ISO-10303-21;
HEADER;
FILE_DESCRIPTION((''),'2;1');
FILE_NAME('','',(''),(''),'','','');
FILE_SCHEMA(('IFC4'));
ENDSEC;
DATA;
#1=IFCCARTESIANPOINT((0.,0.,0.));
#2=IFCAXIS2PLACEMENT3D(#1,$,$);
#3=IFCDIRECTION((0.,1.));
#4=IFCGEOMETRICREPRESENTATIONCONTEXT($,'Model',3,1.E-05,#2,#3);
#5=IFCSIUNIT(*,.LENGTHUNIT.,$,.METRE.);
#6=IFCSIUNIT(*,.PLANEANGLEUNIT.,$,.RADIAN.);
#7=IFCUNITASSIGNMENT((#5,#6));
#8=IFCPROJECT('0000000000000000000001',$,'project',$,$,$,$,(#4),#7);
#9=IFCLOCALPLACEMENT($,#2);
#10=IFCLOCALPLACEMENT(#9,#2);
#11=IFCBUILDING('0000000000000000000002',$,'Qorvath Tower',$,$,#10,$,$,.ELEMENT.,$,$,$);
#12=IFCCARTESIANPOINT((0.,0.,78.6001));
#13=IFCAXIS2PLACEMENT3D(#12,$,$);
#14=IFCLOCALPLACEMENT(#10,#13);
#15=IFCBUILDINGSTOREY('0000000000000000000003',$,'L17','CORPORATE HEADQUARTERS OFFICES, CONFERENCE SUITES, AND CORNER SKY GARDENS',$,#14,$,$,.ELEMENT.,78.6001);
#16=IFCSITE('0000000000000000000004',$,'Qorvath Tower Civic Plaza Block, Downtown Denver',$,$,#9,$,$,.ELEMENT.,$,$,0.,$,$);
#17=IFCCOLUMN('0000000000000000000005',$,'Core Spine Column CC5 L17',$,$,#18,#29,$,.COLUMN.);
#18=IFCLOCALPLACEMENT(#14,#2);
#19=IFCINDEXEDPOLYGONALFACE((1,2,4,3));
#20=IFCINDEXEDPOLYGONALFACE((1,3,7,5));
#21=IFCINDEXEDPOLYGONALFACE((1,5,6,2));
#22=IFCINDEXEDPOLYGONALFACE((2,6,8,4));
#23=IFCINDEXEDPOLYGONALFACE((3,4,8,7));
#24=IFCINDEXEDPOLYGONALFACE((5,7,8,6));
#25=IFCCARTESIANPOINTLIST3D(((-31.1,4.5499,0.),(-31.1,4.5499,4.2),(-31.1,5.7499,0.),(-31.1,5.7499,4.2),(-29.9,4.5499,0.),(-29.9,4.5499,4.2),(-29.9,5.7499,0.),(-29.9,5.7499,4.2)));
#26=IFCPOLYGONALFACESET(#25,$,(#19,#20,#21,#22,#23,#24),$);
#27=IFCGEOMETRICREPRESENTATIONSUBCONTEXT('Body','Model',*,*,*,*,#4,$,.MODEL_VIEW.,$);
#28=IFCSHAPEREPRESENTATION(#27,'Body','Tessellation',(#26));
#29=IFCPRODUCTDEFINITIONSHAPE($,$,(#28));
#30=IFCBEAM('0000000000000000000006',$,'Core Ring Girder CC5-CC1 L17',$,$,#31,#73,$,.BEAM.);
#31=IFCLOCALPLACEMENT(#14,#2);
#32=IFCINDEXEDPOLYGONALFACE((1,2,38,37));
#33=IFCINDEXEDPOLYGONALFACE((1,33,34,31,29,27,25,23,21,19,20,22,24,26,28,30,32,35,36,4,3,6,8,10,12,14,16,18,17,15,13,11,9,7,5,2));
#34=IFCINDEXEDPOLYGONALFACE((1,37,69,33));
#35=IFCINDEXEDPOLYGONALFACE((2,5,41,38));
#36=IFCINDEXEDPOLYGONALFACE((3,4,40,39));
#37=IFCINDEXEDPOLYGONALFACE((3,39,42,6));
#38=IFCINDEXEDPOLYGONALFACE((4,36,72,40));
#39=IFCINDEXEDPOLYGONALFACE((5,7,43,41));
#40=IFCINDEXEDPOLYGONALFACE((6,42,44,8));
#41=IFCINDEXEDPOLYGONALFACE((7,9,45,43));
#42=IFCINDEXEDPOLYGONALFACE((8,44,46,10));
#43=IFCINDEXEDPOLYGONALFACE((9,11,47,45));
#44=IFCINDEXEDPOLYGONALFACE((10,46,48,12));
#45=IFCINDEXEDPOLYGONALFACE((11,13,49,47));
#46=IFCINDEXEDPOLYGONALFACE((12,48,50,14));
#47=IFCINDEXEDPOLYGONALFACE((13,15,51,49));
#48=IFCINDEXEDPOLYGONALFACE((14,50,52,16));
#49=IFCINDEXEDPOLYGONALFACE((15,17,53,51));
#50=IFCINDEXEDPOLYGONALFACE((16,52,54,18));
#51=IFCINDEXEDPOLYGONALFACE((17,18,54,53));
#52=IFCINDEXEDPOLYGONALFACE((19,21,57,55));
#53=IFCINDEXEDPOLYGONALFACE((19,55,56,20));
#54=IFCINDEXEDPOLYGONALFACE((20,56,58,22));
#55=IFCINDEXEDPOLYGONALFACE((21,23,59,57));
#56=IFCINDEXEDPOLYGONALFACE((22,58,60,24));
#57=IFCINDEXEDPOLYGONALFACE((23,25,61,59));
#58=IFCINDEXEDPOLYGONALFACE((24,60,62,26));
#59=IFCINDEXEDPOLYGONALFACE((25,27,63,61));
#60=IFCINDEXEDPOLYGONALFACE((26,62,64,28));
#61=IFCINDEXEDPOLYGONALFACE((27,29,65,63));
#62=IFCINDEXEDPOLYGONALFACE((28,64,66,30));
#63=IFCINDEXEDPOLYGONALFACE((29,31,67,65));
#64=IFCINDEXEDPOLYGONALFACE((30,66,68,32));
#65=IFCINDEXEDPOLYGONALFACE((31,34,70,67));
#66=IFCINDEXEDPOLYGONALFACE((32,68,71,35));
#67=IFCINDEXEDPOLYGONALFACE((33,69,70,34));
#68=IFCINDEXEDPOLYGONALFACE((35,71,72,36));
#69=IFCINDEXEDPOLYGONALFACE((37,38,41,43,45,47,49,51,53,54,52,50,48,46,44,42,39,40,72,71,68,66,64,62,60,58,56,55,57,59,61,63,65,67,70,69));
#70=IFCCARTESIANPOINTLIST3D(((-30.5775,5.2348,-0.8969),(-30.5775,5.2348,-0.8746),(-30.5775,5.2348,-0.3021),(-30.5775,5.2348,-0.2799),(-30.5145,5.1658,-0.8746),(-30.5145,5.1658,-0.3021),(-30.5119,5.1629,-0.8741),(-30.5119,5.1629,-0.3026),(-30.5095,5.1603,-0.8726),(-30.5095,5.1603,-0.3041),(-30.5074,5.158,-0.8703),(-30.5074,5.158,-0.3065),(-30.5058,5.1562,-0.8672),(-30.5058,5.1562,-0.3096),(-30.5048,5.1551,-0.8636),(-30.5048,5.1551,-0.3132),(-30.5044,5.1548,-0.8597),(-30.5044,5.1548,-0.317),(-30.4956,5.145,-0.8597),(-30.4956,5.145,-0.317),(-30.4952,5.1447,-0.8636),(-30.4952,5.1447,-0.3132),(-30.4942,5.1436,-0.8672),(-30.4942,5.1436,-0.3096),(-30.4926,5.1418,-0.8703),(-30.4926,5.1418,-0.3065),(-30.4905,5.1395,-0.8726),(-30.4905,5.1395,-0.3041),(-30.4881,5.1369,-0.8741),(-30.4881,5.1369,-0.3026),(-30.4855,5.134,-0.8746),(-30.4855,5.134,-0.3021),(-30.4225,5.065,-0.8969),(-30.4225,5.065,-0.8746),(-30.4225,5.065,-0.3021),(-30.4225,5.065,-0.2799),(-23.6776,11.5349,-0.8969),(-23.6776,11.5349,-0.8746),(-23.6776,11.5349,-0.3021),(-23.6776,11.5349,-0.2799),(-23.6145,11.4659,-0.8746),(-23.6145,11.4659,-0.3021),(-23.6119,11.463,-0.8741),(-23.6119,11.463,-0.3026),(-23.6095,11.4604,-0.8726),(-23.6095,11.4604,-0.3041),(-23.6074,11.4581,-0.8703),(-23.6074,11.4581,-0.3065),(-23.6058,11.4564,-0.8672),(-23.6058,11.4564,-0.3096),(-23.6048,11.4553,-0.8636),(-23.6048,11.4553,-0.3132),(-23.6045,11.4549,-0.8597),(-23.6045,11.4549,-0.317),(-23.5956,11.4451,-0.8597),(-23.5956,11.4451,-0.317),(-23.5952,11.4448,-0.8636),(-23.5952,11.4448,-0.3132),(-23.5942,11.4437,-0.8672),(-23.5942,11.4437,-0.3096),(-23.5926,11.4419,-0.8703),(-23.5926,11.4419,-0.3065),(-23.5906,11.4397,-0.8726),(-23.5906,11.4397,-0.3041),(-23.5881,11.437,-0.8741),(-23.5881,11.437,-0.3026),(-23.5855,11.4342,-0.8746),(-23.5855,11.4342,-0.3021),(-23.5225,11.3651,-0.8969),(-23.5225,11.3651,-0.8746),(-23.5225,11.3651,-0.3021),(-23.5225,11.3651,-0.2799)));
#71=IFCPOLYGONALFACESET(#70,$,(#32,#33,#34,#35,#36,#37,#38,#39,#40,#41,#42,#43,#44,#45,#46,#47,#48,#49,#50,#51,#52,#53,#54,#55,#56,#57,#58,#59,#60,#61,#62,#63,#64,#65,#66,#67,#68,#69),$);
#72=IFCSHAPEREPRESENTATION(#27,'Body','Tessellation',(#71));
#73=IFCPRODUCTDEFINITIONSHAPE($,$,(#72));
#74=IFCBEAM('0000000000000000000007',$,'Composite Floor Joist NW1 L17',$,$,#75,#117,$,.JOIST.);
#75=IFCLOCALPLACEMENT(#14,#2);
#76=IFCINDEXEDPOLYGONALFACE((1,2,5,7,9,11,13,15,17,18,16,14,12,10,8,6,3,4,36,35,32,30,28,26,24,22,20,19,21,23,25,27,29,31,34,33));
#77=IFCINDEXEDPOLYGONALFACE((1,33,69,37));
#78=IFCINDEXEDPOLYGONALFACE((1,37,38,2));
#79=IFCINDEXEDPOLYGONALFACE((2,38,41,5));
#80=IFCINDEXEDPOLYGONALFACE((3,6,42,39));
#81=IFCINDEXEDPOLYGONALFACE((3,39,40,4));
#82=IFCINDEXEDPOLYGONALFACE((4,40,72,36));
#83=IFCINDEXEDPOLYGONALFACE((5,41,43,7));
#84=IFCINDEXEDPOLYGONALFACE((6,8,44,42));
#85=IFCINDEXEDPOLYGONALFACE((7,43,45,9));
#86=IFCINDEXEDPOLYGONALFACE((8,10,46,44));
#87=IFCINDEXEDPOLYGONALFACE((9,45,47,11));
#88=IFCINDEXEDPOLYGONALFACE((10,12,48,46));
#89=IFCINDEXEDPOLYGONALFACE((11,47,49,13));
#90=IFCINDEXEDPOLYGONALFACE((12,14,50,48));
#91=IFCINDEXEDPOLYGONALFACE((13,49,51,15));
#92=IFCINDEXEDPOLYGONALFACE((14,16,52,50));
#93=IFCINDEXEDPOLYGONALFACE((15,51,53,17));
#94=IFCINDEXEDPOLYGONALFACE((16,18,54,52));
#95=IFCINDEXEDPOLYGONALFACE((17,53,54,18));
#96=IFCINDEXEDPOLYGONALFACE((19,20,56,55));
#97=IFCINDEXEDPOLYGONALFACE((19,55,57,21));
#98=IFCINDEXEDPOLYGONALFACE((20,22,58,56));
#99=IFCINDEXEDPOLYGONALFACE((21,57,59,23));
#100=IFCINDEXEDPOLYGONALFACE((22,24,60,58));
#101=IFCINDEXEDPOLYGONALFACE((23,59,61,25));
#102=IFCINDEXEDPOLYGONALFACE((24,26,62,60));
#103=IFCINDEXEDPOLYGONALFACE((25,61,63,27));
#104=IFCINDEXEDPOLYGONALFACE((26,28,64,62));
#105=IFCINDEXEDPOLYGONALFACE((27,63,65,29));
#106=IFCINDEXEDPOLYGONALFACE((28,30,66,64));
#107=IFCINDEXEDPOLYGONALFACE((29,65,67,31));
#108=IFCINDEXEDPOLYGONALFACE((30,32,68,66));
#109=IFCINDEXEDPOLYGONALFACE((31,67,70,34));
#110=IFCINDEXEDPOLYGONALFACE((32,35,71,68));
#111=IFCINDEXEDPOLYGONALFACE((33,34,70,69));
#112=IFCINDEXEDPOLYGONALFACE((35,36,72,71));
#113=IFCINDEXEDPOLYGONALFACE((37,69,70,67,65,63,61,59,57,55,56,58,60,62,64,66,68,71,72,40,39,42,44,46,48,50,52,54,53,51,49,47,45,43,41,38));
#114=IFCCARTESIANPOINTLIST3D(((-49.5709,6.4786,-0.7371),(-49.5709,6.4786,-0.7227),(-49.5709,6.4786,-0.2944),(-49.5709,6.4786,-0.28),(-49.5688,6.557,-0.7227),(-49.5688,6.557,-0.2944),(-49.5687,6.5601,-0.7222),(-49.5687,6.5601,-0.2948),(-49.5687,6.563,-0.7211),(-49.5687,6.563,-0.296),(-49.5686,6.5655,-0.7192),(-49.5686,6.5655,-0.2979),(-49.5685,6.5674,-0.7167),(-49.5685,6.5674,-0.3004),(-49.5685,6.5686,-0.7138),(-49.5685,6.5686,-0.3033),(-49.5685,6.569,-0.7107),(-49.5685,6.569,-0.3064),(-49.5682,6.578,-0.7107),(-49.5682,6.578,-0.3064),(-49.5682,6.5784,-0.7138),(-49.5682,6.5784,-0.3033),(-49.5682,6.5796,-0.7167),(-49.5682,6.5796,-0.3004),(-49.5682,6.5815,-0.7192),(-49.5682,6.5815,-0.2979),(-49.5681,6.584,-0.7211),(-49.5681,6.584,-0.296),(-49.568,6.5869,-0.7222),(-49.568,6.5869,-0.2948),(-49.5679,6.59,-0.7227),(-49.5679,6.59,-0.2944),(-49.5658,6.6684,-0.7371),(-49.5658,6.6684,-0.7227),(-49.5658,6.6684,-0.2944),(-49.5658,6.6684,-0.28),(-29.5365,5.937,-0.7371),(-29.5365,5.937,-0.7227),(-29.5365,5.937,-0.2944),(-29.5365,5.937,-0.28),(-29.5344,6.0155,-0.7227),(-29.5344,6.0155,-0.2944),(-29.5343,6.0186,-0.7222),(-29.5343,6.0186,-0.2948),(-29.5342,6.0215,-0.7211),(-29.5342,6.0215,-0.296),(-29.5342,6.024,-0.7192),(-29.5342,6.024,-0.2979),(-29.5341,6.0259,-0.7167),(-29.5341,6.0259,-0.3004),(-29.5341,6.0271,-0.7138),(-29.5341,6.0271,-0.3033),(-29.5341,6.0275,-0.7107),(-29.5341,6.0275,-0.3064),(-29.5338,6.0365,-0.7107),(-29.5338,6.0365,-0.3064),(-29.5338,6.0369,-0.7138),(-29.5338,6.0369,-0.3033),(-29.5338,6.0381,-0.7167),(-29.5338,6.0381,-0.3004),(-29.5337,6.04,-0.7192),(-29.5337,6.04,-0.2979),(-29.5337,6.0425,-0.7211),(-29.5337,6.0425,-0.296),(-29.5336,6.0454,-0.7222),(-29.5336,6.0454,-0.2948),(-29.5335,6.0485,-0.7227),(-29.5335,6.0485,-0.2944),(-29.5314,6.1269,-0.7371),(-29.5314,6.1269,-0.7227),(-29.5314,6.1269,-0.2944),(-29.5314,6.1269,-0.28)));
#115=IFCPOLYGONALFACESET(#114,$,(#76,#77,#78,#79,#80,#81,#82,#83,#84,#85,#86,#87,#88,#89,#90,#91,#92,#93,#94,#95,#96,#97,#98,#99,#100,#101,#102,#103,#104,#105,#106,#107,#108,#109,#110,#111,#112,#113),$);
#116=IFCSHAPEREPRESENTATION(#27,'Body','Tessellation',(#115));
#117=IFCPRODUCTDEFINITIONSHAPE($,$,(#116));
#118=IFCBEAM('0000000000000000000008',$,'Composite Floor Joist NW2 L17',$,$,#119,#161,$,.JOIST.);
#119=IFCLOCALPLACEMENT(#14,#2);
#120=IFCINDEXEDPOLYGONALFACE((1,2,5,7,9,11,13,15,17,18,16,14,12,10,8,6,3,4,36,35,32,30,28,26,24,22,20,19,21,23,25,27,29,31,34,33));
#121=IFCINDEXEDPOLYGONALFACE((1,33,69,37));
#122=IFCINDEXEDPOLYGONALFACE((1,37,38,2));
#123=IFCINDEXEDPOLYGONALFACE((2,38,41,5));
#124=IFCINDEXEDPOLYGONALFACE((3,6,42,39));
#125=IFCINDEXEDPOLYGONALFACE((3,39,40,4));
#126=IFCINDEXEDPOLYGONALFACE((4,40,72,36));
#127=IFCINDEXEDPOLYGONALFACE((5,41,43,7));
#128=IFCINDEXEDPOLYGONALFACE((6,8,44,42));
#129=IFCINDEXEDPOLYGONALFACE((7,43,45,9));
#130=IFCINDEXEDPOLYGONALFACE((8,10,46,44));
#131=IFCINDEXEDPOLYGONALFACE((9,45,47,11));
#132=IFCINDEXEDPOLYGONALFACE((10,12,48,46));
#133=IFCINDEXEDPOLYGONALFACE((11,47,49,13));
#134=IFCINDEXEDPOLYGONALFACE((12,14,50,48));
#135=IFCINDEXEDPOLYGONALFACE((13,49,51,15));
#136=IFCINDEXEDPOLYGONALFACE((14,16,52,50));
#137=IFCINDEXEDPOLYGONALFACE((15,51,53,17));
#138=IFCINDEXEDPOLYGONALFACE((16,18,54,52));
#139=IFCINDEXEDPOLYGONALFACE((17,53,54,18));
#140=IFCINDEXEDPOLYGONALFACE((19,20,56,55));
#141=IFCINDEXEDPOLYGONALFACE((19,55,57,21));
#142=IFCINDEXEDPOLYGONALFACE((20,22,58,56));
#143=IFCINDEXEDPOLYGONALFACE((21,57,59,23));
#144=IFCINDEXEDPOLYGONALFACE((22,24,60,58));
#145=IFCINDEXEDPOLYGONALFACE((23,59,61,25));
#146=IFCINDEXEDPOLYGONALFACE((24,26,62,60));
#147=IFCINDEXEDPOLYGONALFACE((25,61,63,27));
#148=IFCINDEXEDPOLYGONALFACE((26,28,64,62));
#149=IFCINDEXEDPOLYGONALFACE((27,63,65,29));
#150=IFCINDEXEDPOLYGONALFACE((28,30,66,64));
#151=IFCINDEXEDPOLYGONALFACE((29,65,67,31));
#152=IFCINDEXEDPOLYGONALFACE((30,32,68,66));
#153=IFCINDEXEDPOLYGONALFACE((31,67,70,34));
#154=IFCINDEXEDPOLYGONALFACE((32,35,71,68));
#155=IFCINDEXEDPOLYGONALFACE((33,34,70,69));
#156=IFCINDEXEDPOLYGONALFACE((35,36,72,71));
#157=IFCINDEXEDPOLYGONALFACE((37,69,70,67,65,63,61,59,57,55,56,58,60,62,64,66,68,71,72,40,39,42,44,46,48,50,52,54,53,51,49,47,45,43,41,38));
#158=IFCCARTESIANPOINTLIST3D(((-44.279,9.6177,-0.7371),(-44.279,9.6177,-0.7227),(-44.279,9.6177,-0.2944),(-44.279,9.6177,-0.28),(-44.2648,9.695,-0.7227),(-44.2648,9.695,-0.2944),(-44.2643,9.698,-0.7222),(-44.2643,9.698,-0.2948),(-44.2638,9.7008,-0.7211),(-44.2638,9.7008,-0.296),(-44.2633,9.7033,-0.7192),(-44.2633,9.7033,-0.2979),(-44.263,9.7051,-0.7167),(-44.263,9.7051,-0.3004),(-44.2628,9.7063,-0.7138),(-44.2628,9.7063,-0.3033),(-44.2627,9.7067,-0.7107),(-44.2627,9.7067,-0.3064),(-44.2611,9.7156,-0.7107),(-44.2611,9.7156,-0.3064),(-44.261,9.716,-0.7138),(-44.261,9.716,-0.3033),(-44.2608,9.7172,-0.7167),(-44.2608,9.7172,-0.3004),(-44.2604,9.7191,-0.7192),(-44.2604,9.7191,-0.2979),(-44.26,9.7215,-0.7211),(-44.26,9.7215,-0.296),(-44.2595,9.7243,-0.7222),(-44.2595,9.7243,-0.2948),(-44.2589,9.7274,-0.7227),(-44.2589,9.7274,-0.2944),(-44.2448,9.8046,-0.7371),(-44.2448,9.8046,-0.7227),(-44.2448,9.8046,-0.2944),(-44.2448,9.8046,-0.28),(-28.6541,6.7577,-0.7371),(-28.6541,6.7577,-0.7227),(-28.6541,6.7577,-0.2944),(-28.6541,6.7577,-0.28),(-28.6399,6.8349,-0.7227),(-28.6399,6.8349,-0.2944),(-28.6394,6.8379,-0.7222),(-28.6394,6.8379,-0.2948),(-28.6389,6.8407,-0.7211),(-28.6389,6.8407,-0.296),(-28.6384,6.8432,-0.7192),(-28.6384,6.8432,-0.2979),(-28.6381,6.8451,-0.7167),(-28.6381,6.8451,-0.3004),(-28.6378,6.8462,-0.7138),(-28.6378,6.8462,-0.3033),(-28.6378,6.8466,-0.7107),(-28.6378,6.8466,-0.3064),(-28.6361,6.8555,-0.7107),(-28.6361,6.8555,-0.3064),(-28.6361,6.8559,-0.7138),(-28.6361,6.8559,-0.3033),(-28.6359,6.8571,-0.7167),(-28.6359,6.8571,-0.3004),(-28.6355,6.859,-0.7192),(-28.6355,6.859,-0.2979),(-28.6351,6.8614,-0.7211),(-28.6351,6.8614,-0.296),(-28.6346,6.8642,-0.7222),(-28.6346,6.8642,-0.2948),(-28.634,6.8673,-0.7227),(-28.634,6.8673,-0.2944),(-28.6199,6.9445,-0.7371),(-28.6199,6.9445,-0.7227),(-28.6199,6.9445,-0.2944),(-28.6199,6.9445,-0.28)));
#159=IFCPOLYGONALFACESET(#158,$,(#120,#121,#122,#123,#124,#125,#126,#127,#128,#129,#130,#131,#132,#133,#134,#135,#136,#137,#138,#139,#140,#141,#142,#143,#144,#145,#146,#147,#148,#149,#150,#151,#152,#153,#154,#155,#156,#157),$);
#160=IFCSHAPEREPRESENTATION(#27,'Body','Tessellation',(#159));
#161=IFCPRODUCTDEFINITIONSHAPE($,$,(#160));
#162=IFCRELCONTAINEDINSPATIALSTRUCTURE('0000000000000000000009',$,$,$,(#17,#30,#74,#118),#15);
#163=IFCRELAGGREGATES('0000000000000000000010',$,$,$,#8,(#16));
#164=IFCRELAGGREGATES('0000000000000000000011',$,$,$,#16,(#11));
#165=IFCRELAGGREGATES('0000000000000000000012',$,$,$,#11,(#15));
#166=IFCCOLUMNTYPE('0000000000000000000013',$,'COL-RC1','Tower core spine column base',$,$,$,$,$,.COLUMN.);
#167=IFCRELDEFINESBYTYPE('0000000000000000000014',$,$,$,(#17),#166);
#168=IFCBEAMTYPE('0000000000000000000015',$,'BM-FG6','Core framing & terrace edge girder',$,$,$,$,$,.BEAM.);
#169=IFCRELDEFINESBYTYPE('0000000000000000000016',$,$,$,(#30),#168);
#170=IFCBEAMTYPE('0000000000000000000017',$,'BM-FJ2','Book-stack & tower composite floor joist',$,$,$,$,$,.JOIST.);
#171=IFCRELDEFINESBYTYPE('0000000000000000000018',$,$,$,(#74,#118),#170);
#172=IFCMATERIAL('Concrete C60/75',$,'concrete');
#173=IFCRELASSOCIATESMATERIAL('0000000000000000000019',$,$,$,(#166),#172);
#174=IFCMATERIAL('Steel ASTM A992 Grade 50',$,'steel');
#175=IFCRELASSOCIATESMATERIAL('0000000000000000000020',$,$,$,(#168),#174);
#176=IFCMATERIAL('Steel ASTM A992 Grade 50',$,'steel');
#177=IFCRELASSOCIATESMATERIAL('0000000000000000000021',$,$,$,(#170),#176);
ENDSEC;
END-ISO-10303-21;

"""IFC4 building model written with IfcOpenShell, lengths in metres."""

from ifc_helpers import new_model, si_unit, direction, frame, origin, origin_2d, place, context, subcontext, project, spatial, rectangle, i_section, extrude, material, material_profile, profile_set, type_object, element, save


model = new_model("IFC4")

# Units and contexts
model_context = context("Model", 3, precision=1e-05, world=origin(), true_north=direction((0.0, 1.0)))
body_context = subcontext(model_context, "Body", "Model", "MODEL_VIEW")
ifc_project = project(units=[si_unit("LENGTHUNIT", "METRE"), si_unit("PLANEANGLEUNIT", "RADIAN")], contexts=[model_context])

# Site, building, storey
site_placement = place(None, origin())
site = spatial("IfcSite", under=ifc_project, at=site_placement, Name="Qorvath Tower Civic Plaza Block, Downtown Denver", CompositionType="ELEMENT", RefElevation=0.0)
building_placement = place(site_placement, origin())
building = spatial("IfcBuilding", under=site, at=building_placement, Name="Qorvath Tower", CompositionType="ELEMENT")
storey_placement = place(building_placement, frame((0.0, 0.0, 78.6001)))
storey = spatial("IfcBuildingStorey", under=building, at=storey_placement, Name="L17", Description="CORPORATE HEADQUARTERS OFFICES, CONFERENCE SUITES, AND CORNER SKY GARDENS", CompositionType="ELEMENT", Elevation=78.6001)

# Column
ifc_material_1 = material(Name="Concrete C60/75", Category="concrete")
ifc_material_profile_1 = material_profile(ifc_material_1, rectangle(XDim=1.2, YDim=1.2, at=origin_2d()), Name="RC 1200x1200")
ifc_profile_set_1 = profile_set([ifc_material_profile_1], Name="Concrete C60/75")
column_type = type_object("IfcColumnType", Name="COL-RC1", Description="Tower core spine column base", PredefinedType="COLUMN", material=ifc_profile_set_1)
column_placement = place(storey_placement, frame((-30.5, 5.1499, 0.0), z_axis=(0.0, 0.0, 1.0), x_axis=(1.0, 0.0, 0.0)))
element("IfcColumn", 1, at=column_placement, inside=storey, type_object=column_type, Name="Core Spine Column CC5 L17", PredefinedType="COLUMN", context=body_context, shape_type="SweptSolid", body=[
    extrude(rectangle(XDim=1.2, YDim=1.2, at=origin_2d()), origin(), (0.0, 0.0, 1.0), 4.2),
])

# Beams
ifc_material_2 = material(Name="Steel ASTM A992 Grade 50", Category="steel")
ifc_material_profile_2 = material_profile(ifc_material_2, i_section(OverallWidth=0.23, OverallDepth=0.6169, WebThickness=0.0132, FlangeThickness=0.0222, FilletRadius=0.0149, at=origin_2d()), Name="W24x94")
ifc_profile_set_2 = profile_set([ifc_material_profile_2], Name="Steel ASTM A992 Grade 50")
beam_type_1 = type_object("IfcBeamType", Name="BM-FG6", Description="Core framing & terrace edge girder", PredefinedType="BEAM", material=ifc_profile_set_2)
beam_1_placement = place(storey_placement, frame((-30.5, 5.1499, -0.5884), z_axis=(0.738478, 0.674277, 0.0), x_axis=(-0.674277, 0.738478, 0.0)))
element("IfcBeam", 2, at=beam_1_placement, inside=storey, type_object=beam_type_1, Name="Core Ring Girder CC5-CC1 L17", PredefinedType="BEAM", context=body_context, shape_type="SweptSolid", body=[
    extrude(i_section(OverallWidth=0.23, OverallDepth=0.6169, WebThickness=0.0132, FlangeThickness=0.0222, FilletRadius=0.0149, at=origin_2d()), origin(), (0.0, 0.0, 1.0), 9.3435),
])
ifc_material_3 = material(Name="Steel ASTM A992 Grade 50", Category="steel")
ifc_material_profile_3 = material_profile(ifc_material_3, i_section(OverallWidth=0.1899, OverallDepth=0.457, WebThickness=0.009, FlangeThickness=0.0144, FilletRadius=0.012, at=origin_2d()), Name="W18x50")
ifc_profile_set_3 = profile_set([ifc_material_profile_3], Name="Steel ASTM A992 Grade 50")
beam_type_2 = type_object("IfcBeamType", Name="BM-FJ2", Description="Book-stack & tower composite floor joist", PredefinedType="JOIST", material=ifc_profile_set_3)
beam_2_placement = place(storey_placement, frame((-29.5339, 6.032, -0.5085), z_axis=(-0.999635, 0.027019, 0.0), x_axis=(-0.027019, -0.999635, 0.0)))
element("IfcBeam", 3, at=beam_2_placement, inside=storey, type_object=beam_type_2, Name="Composite Floor Joist NW1 L17", PredefinedType="JOIST", context=body_context, shape_type="SweptSolid", body=[
    extrude(i_section(OverallWidth=0.1899, OverallDepth=0.457, WebThickness=0.009, FlangeThickness=0.0144, FilletRadius=0.012, at=origin_2d()), origin(), (0.0, 0.0, 1.0), 20.0417),
])
beam_3_placement = place(storey_placement, frame((-28.637, 6.8511, -0.5085), z_axis=(-0.983656, 0.180055, 0.0), x_axis=(-0.180055, -0.983656, 0.0)))
element("IfcBeam", 4, at=beam_3_placement, inside=storey, type_object=beam_type_2, Name="Composite Floor Joist NW2 L17", PredefinedType="JOIST", context=body_context, shape_type="SweptSolid", body=[
    extrude(i_section(OverallWidth=0.1899, OverallDepth=0.457, WebThickness=0.009, FlangeThickness=0.0144, FilletRadius=0.012, at=origin_2d()), origin(), (0.0, 0.0, 1.0), 15.8845),
])

save(model, "model.ifc")
